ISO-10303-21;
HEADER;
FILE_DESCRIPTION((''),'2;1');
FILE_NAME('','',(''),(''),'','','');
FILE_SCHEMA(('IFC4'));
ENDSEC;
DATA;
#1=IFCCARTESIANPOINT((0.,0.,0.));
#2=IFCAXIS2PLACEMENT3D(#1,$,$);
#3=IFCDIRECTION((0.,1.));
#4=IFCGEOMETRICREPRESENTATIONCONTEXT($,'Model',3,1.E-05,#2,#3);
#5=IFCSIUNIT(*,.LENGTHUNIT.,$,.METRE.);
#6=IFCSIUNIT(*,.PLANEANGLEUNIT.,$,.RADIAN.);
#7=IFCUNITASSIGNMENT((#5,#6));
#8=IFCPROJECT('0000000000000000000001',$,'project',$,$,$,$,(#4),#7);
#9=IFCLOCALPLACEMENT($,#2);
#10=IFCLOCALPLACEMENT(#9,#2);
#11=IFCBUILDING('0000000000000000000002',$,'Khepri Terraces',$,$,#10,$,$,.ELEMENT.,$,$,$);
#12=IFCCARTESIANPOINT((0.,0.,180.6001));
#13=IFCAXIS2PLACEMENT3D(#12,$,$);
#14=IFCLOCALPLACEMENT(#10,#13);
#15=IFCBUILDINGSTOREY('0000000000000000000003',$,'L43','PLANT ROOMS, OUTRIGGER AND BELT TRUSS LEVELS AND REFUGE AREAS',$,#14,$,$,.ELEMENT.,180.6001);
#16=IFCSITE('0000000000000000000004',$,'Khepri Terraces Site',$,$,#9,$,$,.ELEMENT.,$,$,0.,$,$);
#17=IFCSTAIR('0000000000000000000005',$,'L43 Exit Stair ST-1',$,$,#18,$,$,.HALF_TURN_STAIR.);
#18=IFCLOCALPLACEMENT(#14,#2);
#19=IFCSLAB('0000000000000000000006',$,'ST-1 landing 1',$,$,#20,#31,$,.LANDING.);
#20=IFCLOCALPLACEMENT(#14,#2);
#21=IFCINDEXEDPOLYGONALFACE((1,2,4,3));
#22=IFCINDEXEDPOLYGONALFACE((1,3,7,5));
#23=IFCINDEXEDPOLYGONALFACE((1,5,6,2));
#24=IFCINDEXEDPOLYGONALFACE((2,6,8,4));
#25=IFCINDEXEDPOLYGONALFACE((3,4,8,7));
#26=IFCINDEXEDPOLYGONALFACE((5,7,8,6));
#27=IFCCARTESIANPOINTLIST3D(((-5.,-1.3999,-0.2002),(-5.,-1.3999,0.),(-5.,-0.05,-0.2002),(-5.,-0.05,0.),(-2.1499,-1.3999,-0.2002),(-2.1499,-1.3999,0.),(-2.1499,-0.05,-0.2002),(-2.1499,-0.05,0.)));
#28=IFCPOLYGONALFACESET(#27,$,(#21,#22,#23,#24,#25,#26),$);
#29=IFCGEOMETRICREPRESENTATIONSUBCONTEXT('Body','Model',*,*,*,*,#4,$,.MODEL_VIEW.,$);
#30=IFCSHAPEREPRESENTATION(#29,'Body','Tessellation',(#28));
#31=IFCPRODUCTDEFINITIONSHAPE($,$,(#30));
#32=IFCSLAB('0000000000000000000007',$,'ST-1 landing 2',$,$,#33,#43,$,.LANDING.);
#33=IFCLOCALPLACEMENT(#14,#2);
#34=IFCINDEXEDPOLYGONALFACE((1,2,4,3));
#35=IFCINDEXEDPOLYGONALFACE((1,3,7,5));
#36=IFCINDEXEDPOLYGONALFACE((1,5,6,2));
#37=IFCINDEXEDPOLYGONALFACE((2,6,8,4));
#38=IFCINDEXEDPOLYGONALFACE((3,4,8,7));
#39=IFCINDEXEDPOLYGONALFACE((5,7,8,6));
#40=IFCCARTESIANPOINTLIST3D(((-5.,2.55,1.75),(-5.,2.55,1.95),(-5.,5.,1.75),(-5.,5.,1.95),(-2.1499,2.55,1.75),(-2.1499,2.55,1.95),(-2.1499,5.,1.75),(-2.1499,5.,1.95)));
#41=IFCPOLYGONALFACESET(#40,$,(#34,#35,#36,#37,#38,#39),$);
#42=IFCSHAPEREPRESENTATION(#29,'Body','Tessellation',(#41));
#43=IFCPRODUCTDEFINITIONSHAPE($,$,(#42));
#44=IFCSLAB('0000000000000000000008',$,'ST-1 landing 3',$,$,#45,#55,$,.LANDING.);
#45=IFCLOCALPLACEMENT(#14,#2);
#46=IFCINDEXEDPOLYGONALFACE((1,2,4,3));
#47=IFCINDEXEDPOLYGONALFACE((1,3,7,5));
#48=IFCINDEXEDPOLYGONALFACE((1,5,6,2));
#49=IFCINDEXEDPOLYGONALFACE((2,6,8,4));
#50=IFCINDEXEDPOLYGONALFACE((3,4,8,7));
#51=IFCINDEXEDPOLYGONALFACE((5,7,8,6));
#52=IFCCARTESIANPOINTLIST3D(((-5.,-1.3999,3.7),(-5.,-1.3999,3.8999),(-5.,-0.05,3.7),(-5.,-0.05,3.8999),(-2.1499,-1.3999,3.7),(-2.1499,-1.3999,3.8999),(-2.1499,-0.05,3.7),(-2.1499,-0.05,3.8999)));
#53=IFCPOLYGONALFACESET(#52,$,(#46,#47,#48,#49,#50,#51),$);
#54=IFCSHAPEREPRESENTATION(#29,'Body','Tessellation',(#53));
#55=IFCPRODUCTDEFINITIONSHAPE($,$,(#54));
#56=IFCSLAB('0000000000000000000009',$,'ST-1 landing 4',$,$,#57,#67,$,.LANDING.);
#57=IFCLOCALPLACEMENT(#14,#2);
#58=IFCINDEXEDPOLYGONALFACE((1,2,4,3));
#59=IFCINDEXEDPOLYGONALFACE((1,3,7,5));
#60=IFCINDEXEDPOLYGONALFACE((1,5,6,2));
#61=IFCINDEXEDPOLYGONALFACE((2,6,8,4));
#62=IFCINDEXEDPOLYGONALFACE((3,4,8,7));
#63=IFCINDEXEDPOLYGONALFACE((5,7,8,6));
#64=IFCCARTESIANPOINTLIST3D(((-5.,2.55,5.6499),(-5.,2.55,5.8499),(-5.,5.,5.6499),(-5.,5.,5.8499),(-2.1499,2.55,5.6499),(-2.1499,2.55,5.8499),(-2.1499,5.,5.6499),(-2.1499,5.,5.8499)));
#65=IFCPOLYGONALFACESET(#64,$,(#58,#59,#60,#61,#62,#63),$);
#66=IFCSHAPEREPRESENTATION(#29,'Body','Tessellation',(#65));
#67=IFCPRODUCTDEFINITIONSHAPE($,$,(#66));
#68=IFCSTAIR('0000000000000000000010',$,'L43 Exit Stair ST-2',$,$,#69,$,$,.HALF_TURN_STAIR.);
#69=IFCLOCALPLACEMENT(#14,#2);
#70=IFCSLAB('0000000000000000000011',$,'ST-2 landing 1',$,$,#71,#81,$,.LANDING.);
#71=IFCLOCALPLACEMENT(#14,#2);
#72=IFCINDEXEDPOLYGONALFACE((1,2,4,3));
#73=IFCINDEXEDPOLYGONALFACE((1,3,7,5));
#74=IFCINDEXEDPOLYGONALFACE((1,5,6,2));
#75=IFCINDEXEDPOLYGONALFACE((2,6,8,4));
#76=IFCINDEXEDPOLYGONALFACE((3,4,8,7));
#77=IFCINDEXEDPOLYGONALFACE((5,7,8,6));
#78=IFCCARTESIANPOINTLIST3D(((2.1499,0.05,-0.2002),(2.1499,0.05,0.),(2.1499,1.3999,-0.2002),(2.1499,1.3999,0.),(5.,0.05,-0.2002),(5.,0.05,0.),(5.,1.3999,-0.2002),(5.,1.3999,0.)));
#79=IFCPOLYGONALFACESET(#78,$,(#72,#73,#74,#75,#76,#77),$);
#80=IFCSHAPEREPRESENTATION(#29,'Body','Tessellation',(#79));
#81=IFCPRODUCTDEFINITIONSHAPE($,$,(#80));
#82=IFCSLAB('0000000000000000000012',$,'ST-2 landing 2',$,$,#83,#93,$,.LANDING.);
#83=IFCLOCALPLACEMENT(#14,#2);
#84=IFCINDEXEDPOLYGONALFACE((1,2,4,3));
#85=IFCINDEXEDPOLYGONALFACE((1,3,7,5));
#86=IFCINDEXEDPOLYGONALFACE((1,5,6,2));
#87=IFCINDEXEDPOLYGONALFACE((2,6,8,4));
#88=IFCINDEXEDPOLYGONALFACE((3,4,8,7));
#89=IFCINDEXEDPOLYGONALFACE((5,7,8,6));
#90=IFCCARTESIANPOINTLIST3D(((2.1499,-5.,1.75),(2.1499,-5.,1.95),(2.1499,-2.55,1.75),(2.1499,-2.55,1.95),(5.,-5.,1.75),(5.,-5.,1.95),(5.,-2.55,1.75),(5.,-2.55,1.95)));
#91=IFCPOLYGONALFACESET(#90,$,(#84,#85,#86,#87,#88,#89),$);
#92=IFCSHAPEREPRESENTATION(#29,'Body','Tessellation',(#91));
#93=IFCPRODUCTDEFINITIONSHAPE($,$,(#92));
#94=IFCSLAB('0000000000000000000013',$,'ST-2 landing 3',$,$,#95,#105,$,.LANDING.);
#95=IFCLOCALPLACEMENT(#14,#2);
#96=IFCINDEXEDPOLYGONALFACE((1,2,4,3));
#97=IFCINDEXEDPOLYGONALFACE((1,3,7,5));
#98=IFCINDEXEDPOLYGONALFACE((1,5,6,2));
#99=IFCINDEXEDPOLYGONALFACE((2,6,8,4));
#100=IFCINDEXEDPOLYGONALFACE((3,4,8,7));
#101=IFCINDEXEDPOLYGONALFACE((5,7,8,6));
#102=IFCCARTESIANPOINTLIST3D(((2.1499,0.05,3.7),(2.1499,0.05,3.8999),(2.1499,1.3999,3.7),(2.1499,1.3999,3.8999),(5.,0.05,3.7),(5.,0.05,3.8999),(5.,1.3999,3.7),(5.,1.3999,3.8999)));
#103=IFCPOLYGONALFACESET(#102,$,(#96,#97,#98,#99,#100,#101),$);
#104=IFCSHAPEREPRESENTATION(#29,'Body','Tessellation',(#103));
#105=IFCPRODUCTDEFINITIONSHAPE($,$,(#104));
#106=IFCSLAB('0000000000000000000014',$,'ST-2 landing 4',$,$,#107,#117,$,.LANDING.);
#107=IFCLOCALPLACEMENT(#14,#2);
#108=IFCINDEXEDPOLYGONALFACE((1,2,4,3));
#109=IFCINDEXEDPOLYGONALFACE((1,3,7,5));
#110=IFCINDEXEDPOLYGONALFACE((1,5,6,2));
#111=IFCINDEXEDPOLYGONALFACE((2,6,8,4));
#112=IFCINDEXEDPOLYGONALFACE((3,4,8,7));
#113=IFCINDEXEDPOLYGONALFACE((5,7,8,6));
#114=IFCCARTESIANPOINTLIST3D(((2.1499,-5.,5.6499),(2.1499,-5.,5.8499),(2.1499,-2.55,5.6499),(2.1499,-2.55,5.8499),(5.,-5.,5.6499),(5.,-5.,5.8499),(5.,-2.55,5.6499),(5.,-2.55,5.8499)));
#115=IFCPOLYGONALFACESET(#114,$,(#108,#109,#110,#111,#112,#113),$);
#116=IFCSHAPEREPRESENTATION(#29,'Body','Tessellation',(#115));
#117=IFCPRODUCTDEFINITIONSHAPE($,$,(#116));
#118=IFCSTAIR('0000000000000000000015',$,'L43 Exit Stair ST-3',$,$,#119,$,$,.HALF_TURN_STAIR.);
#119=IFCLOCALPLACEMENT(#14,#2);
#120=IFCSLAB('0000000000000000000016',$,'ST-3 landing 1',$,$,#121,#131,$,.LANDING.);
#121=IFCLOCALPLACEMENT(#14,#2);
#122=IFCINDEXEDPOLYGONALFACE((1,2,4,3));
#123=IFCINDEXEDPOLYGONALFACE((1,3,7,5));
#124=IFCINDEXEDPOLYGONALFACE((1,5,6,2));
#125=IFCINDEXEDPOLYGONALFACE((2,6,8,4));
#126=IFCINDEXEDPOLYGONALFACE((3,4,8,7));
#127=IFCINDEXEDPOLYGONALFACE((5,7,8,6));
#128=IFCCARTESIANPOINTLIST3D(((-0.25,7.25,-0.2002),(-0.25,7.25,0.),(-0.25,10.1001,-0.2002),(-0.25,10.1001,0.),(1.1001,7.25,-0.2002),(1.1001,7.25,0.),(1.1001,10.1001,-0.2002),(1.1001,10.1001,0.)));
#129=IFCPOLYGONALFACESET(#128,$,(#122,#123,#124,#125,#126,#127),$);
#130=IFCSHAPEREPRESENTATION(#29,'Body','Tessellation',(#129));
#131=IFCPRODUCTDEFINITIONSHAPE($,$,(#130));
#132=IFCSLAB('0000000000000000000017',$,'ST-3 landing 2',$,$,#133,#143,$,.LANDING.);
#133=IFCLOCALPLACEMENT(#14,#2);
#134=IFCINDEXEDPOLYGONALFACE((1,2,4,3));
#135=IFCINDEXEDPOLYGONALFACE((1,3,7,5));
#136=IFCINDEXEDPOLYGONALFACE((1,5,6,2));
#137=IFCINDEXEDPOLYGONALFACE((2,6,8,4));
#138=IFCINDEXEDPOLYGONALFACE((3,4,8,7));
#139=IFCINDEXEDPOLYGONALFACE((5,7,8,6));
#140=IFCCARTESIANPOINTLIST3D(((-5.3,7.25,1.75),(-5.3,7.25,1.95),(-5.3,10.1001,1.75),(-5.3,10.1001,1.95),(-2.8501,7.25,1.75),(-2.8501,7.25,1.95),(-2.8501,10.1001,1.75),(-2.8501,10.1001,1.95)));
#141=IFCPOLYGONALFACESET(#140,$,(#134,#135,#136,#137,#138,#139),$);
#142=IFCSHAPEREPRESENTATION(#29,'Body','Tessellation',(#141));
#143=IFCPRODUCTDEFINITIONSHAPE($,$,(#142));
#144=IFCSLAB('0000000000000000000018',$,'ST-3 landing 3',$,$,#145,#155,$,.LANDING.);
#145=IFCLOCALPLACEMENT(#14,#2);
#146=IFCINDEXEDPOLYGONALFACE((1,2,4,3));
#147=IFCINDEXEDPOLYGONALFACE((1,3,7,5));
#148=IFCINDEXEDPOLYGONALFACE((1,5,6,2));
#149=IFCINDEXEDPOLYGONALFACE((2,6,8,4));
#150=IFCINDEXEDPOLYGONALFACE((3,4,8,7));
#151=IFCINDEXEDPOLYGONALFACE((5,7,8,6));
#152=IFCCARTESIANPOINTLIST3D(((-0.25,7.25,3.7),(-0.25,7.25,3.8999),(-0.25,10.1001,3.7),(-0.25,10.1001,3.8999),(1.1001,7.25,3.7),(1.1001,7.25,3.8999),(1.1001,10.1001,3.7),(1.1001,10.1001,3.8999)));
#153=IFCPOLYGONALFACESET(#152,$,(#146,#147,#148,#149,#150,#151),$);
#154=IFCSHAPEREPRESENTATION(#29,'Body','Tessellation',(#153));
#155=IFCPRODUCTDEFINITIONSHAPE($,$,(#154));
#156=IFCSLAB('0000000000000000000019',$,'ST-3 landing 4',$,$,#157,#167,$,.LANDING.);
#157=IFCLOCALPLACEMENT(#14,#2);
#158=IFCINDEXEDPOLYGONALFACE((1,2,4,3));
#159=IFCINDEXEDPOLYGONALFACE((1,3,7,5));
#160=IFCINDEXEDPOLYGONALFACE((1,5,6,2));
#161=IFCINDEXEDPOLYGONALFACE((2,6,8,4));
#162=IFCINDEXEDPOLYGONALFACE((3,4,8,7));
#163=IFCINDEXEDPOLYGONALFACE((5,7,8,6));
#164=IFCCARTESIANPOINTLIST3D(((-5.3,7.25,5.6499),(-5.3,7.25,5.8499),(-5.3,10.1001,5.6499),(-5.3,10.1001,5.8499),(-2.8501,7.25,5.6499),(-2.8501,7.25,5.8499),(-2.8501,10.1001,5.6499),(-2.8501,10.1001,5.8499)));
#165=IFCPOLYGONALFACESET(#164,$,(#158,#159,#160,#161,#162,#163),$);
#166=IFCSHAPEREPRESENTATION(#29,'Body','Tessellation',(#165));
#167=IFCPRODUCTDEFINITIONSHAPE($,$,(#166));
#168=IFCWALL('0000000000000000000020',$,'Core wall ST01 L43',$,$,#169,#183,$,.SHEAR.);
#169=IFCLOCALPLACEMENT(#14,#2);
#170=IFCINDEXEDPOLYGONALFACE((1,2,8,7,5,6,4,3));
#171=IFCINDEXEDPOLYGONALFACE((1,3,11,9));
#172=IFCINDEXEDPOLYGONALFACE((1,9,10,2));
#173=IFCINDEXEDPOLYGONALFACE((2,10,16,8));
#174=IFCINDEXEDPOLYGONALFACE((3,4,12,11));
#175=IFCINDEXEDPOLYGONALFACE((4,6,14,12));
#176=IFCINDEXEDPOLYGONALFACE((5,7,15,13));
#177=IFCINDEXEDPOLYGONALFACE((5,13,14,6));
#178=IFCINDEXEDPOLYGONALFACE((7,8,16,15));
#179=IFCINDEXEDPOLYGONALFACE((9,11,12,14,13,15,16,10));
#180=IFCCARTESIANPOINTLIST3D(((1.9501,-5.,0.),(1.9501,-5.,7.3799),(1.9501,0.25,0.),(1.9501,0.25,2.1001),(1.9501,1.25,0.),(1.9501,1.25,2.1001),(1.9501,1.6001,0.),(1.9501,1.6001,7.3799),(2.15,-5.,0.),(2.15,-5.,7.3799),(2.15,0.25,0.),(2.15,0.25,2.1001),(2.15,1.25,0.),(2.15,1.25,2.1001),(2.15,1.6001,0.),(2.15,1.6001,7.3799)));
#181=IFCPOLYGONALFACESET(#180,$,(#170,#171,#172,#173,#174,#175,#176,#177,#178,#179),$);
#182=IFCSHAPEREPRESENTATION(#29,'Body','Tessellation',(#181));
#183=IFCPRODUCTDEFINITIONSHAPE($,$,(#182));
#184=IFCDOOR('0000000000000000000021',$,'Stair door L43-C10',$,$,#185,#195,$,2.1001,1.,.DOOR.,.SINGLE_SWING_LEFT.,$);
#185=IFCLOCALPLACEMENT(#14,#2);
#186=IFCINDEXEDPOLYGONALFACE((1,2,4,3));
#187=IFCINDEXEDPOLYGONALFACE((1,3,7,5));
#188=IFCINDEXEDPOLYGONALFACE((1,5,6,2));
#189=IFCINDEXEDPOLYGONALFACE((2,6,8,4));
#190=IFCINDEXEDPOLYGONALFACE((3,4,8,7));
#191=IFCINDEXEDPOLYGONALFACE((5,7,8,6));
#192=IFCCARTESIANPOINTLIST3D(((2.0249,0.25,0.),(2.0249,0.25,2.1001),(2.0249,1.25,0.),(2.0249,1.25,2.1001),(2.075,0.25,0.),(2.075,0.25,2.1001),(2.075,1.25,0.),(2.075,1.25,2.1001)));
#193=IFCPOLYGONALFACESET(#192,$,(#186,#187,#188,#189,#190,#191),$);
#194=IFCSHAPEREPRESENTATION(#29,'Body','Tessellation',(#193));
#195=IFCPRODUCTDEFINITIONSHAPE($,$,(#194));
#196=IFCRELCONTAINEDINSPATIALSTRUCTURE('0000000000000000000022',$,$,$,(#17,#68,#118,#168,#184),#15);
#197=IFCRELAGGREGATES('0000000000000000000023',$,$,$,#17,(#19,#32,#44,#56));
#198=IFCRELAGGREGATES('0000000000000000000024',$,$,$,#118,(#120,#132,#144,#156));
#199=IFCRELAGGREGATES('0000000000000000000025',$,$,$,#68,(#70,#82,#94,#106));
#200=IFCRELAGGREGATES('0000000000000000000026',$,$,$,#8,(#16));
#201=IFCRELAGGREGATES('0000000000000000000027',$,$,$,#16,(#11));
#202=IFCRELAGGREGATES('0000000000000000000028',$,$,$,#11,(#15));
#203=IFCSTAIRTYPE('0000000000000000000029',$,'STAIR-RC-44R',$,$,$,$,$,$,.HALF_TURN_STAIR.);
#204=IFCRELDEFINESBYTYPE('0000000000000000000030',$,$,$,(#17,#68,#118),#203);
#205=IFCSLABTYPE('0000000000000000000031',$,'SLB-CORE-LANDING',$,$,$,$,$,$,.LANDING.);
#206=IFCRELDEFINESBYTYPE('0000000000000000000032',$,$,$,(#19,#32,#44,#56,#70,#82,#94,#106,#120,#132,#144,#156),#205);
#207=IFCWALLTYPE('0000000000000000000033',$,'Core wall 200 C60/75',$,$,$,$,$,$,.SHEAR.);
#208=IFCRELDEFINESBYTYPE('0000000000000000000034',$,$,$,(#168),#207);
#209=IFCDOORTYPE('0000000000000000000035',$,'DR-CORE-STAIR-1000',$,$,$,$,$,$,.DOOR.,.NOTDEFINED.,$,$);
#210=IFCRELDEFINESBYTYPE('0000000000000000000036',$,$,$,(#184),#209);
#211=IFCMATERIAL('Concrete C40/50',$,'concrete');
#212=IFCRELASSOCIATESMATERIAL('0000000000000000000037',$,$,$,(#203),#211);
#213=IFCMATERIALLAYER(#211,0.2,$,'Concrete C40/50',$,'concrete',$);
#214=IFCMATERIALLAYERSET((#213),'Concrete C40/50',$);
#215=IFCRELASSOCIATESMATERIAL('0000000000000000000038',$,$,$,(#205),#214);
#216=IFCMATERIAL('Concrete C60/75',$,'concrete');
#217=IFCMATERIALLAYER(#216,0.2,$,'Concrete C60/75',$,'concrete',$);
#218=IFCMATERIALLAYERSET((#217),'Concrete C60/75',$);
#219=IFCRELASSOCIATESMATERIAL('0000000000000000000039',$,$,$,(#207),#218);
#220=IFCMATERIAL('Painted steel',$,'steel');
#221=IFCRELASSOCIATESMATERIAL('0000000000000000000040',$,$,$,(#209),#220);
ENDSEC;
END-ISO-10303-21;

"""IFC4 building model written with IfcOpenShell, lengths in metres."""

from ifc_helpers import new_model, si_unit, direction, frame, frame_2d, origin, place, context, subcontext, project, spatial, polyline, rectangle, outline, extrude, material, layer, layer_set, type_object, element, fill, aggregate, save


model = new_model("IFC4")

# Units and contexts
model_context = context("Model", 3, precision=1e-05, world=origin(), true_north=direction((0.0, 1.0)))
body_context = subcontext(model_context, "Body", "Model", "MODEL_VIEW")
ifc_project = project(units=[si_unit("LENGTHUNIT", "METRE"), si_unit("PLANEANGLEUNIT", "RADIAN")], contexts=[model_context])

# Site, building, storey
site_placement = place(None, origin())
site = spatial("IfcSite", under=ifc_project, at=site_placement, Name="Khepri Terraces Site", CompositionType="ELEMENT", RefElevation=0.0)
building_placement = place(site_placement, origin())
building = spatial("IfcBuilding", under=site, at=building_placement, Name="Khepri Terraces", CompositionType="ELEMENT")
storey_placement = place(building_placement, frame((0.0, 0.0, 180.6001)))
storey = spatial("IfcBuildingStorey", under=building, at=storey_placement, Name="L43", Description="PLANT ROOMS, OUTRIGGER AND BELT TRUSS LEVELS AND REFUGE AREAS", CompositionType="ELEMENT", Elevation=180.6001)

# Stairs, slabs
ifc_material_1 = material(Name="Concrete C40/50", Category="concrete")
stair_type = type_object("IfcStairType", Name="STAIR-RC-44R", PredefinedType="HALF_TURN_STAIR", material=ifc_material_1)
stair_1_placement = place(storey_placement, origin())
stair_1 = element("IfcStair", 1, at=stair_1_placement, inside=storey, type_object=stair_type, Name="L43 Exit Stair ST-1", PredefinedType="HALF_TURN_STAIR")
ifc_layer_1 = layer(ifc_material_1, 0.2, Name="Concrete C40/50", Category="concrete")
ifc_layer_set_1 = layer_set([ifc_layer_1], Name="Concrete C40/50")
slab_type = type_object("IfcSlabType", Name="SLB-CORE-LANDING", PredefinedType="LANDING", material=ifc_layer_set_1)
slab_1_placement = place(storey_placement, frame((0.0, 0.0, -0.2002)))
slab_1 = element("IfcSlab", 2, at=slab_1_placement, type_object=slab_type, Name="ST-1 landing 1", PredefinedType="LANDING", context=body_context, shape_type="SweptSolid", body=[
    extrude(outline(polyline([(-2.1499, -1.3999), (-2.1499, -0.05), (-5.0, -0.05), (-5.0, -1.3999), (-2.1499, -1.3999)])), origin(), (0.0, 0.0, 1.0), 0.2002),
])
slab_2_placement = place(storey_placement, frame((0.0, 0.0, 1.75)))
slab_2 = element("IfcSlab", 3, at=slab_2_placement, type_object=slab_type, Name="ST-1 landing 2", PredefinedType="LANDING", context=body_context, shape_type="SweptSolid", body=[
    extrude(outline(polyline([(-2.1499, 2.55), (-2.1499, 5.0), (-5.0, 5.0), (-5.0, 2.55), (-2.1499, 2.55)])), origin(), (0.0, 0.0, 1.0), 0.2),
])
slab_3_placement = place(storey_placement, frame((0.0, 0.0, 3.7)))
slab_3 = element("IfcSlab", 4, at=slab_3_placement, type_object=slab_type, Name="ST-1 landing 3", PredefinedType="LANDING", context=body_context, shape_type="SweptSolid", body=[
    extrude(outline(polyline([(-2.1499, -1.3999), (-2.1499, -0.05), (-5.0, -0.05), (-5.0, -1.3999), (-2.1499, -1.3999)])), origin(), (0.0, 0.0, 1.0), 0.2),
])
slab_4_placement = place(storey_placement, frame((0.0, 0.0, 5.6499)))
slab_4 = element("IfcSlab", 5, at=slab_4_placement, type_object=slab_type, Name="ST-1 landing 4", PredefinedType="LANDING", context=body_context, shape_type="SweptSolid", body=[
    extrude(outline(polyline([(-2.1499, 2.55), (-2.1499, 5.0), (-5.0, 5.0), (-5.0, 2.55), (-2.1499, 2.55)])), origin(), (0.0, 0.0, 1.0), 0.2),
])
aggregate(stair_1, [slab_1, slab_2, slab_3, slab_4])
stair_2_placement = place(storey_placement, origin())
stair_2 = element("IfcStair", 6, at=stair_2_placement, inside=storey, type_object=stair_type, Name="L43 Exit Stair ST-2", PredefinedType="HALF_TURN_STAIR")
slab_5_placement = place(storey_placement, frame((0.0, 0.0, -0.2002)))
slab_5 = element("IfcSlab", 7, at=slab_5_placement, type_object=slab_type, Name="ST-2 landing 1", PredefinedType="LANDING", context=body_context, shape_type="SweptSolid", body=[
    extrude(outline(polyline([(2.1499, 1.3999), (2.1499, 0.05), (5.0, 0.05), (5.0, 1.3999), (2.1499, 1.3999)])), origin(), (0.0, 0.0, 1.0), 0.2002),
])
slab_6_placement = place(storey_placement, frame((0.0, 0.0, 1.75)))
slab_6 = element("IfcSlab", 8, at=slab_6_placement, type_object=slab_type, Name="ST-2 landing 2", PredefinedType="LANDING", context=body_context, shape_type="SweptSolid", body=[
    extrude(outline(polyline([(2.1499, -2.55), (2.1499, -5.0), (5.0, -5.0), (5.0, -2.55), (2.1499, -2.55)])), origin(), (0.0, 0.0, 1.0), 0.2),
])
slab_7_placement = place(storey_placement, frame((0.0, 0.0, 3.7)))
slab_7 = element("IfcSlab", 9, at=slab_7_placement, type_object=slab_type, Name="ST-2 landing 3", PredefinedType="LANDING", context=body_context, shape_type="SweptSolid", body=[
    extrude(outline(polyline([(2.1499, 1.3999), (2.1499, 0.05), (5.0, 0.05), (5.0, 1.3999), (2.1499, 1.3999)])), origin(), (0.0, 0.0, 1.0), 0.2),
])
slab_8_placement = place(storey_placement, frame((0.0, 0.0, 5.6499)))
slab_8 = element("IfcSlab", 10, at=slab_8_placement, type_object=slab_type, Name="ST-2 landing 4", PredefinedType="LANDING", context=body_context, shape_type="SweptSolid", body=[
    extrude(outline(polyline([(2.1499, -2.55), (2.1499, -5.0), (5.0, -5.0), (5.0, -2.55), (2.1499, -2.55)])), origin(), (0.0, 0.0, 1.0), 0.2),
])
stair_3_placement = place(storey_placement, origin())
stair_3 = element("IfcStair", 11, at=stair_3_placement, inside=storey, type_object=stair_type, Name="L43 Exit Stair ST-3", PredefinedType="HALF_TURN_STAIR")
slab_9_placement = place(storey_placement, frame((0.0, 0.0, -0.2002)))
slab_9 = element("IfcSlab", 12, at=slab_9_placement, type_object=slab_type, Name="ST-3 landing 1", PredefinedType="LANDING", context=body_context, shape_type="SweptSolid", body=[
    extrude(outline(polyline([(1.1001, 10.1001), (-0.25, 10.1001), (-0.25, 7.25), (1.1001, 7.25), (1.1001, 10.1001)])), origin(), (0.0, 0.0, 1.0), 0.2002),
])
slab_10_placement = place(storey_placement, frame((0.0, 0.0, 1.75)))
slab_10 = element("IfcSlab", 13, at=slab_10_placement, type_object=slab_type, Name="ST-3 landing 2", PredefinedType="LANDING", context=body_context, shape_type="SweptSolid", body=[
    extrude(outline(polyline([(-2.8501, 10.1001), (-5.3, 10.1001), (-5.3, 7.25), (-2.8501, 7.25), (-2.8501, 10.1001)])), origin(), (0.0, 0.0, 1.0), 0.2),
])
slab_11_placement = place(storey_placement, frame((0.0, 0.0, 3.7)))
slab_11 = element("IfcSlab", 14, at=slab_11_placement, type_object=slab_type, Name="ST-3 landing 3", PredefinedType="LANDING", context=body_context, shape_type="SweptSolid", body=[
    extrude(outline(polyline([(1.1001, 10.1001), (-0.25, 10.1001), (-0.25, 7.25), (1.1001, 7.25), (1.1001, 10.1001)])), origin(), (0.0, 0.0, 1.0), 0.2),
])
slab_12_placement = place(storey_placement, frame((0.0, 0.0, 5.6499)))
slab_12 = element("IfcSlab", 15, at=slab_12_placement, type_object=slab_type, Name="ST-3 landing 4", PredefinedType="LANDING", context=body_context, shape_type="SweptSolid", body=[
    extrude(outline(polyline([(-2.8501, 10.1001), (-5.3, 10.1001), (-5.3, 7.25), (-2.8501, 7.25), (-2.8501, 10.1001)])), origin(), (0.0, 0.0, 1.0), 0.2),
])
aggregate(stair_3, [slab_9, slab_10, slab_11, slab_12])

# Wall, opening, door
ifc_material_2 = material(Name="Concrete C60/75", Category="concrete")
ifc_layer_2 = layer(ifc_material_2, 0.2, Name="Concrete C60/75", Category="concrete")
ifc_layer_set_2 = layer_set([ifc_layer_2], Name="Concrete C60/75")
wall_type_1 = type_object("IfcWallType", Name="Core wall 200 C60/75", PredefinedType="SHEAR", material=ifc_layer_set_2)
wall_1_placement = place(storey_placement, frame((2.05, -5.0, 0.0), z_axis=(0.0, 0.0, 1.0), x_axis=(0.0, 1.0, 0.0)))
wall_1 = element("IfcWall", 16, at=wall_1_placement, inside=storey, type_object=wall_type_1, Name="Core wall ST01 L43", PredefinedType="SHEAR", context=body_context, shape_type="SweptSolid", body=[
    extrude(rectangle(XDim=6.6001, YDim=0.2, at=frame_2d((3.3, 0.0))), origin(), (0.0, 0.0, 1.0), 7.3799),
])
opening_1_placement = place(wall_1_placement, frame((5.25, 0.0, 0.0)))
opening_1 = element("IfcOpeningElement", 17, at=opening_1_placement, cuts=wall_1, PredefinedType="OPENING", context=body_context, shape_type="SweptSolid", body=[
    extrude(rectangle(XDim=1.0, YDim=2.1001, at=frame_2d((0.5, 1.05))), frame((0.0, 0.1099, 0.0), z_axis=(0.0, -1.0, 0.0), x_axis=(1.0, 0.0, 0.0)), (0.0, 0.0, 1.0), 0.22),
])
ifc_material_3 = material(Name="Painted steel", Category="steel")
door_type_1 = type_object("IfcDoorType", Name="DR-CORE-STAIR-1000", OperationType="NOTDEFINED", PredefinedType="DOOR", material=ifc_material_3)
door_1_placement = place(opening_1_placement, frame((1.0, 0.0, 0.0), z_axis=(0.0, 0.0, 1.0), x_axis=(-1.0, 0.0, 0.0)))
door_1 = element("IfcDoor", 18, at=door_1_placement, inside=storey, type_object=door_type_1, Name="Stair door L43-C10", OperationType="SINGLE_SWING_LEFT", OverallHeight=2.1001, OverallWidth=1.0, PredefinedType="DOOR", context=body_context, shape_type="SweptSolid", body=[
    extrude(rectangle(XDim=1.0, YDim=2.1001, at=frame_2d((0.5, 1.05))), frame((0.0, 0.0249, 0.0), z_axis=(0.0, -1.0, 0.0), x_axis=(1.0, 0.0, 0.0)), (0.0, 0.0, 1.0), 0.05),
])
fill(opening_1, door_1)

aggregate(stair_2, [slab_5, slab_6, slab_7, slab_8])

save(model, "model.ifc")
